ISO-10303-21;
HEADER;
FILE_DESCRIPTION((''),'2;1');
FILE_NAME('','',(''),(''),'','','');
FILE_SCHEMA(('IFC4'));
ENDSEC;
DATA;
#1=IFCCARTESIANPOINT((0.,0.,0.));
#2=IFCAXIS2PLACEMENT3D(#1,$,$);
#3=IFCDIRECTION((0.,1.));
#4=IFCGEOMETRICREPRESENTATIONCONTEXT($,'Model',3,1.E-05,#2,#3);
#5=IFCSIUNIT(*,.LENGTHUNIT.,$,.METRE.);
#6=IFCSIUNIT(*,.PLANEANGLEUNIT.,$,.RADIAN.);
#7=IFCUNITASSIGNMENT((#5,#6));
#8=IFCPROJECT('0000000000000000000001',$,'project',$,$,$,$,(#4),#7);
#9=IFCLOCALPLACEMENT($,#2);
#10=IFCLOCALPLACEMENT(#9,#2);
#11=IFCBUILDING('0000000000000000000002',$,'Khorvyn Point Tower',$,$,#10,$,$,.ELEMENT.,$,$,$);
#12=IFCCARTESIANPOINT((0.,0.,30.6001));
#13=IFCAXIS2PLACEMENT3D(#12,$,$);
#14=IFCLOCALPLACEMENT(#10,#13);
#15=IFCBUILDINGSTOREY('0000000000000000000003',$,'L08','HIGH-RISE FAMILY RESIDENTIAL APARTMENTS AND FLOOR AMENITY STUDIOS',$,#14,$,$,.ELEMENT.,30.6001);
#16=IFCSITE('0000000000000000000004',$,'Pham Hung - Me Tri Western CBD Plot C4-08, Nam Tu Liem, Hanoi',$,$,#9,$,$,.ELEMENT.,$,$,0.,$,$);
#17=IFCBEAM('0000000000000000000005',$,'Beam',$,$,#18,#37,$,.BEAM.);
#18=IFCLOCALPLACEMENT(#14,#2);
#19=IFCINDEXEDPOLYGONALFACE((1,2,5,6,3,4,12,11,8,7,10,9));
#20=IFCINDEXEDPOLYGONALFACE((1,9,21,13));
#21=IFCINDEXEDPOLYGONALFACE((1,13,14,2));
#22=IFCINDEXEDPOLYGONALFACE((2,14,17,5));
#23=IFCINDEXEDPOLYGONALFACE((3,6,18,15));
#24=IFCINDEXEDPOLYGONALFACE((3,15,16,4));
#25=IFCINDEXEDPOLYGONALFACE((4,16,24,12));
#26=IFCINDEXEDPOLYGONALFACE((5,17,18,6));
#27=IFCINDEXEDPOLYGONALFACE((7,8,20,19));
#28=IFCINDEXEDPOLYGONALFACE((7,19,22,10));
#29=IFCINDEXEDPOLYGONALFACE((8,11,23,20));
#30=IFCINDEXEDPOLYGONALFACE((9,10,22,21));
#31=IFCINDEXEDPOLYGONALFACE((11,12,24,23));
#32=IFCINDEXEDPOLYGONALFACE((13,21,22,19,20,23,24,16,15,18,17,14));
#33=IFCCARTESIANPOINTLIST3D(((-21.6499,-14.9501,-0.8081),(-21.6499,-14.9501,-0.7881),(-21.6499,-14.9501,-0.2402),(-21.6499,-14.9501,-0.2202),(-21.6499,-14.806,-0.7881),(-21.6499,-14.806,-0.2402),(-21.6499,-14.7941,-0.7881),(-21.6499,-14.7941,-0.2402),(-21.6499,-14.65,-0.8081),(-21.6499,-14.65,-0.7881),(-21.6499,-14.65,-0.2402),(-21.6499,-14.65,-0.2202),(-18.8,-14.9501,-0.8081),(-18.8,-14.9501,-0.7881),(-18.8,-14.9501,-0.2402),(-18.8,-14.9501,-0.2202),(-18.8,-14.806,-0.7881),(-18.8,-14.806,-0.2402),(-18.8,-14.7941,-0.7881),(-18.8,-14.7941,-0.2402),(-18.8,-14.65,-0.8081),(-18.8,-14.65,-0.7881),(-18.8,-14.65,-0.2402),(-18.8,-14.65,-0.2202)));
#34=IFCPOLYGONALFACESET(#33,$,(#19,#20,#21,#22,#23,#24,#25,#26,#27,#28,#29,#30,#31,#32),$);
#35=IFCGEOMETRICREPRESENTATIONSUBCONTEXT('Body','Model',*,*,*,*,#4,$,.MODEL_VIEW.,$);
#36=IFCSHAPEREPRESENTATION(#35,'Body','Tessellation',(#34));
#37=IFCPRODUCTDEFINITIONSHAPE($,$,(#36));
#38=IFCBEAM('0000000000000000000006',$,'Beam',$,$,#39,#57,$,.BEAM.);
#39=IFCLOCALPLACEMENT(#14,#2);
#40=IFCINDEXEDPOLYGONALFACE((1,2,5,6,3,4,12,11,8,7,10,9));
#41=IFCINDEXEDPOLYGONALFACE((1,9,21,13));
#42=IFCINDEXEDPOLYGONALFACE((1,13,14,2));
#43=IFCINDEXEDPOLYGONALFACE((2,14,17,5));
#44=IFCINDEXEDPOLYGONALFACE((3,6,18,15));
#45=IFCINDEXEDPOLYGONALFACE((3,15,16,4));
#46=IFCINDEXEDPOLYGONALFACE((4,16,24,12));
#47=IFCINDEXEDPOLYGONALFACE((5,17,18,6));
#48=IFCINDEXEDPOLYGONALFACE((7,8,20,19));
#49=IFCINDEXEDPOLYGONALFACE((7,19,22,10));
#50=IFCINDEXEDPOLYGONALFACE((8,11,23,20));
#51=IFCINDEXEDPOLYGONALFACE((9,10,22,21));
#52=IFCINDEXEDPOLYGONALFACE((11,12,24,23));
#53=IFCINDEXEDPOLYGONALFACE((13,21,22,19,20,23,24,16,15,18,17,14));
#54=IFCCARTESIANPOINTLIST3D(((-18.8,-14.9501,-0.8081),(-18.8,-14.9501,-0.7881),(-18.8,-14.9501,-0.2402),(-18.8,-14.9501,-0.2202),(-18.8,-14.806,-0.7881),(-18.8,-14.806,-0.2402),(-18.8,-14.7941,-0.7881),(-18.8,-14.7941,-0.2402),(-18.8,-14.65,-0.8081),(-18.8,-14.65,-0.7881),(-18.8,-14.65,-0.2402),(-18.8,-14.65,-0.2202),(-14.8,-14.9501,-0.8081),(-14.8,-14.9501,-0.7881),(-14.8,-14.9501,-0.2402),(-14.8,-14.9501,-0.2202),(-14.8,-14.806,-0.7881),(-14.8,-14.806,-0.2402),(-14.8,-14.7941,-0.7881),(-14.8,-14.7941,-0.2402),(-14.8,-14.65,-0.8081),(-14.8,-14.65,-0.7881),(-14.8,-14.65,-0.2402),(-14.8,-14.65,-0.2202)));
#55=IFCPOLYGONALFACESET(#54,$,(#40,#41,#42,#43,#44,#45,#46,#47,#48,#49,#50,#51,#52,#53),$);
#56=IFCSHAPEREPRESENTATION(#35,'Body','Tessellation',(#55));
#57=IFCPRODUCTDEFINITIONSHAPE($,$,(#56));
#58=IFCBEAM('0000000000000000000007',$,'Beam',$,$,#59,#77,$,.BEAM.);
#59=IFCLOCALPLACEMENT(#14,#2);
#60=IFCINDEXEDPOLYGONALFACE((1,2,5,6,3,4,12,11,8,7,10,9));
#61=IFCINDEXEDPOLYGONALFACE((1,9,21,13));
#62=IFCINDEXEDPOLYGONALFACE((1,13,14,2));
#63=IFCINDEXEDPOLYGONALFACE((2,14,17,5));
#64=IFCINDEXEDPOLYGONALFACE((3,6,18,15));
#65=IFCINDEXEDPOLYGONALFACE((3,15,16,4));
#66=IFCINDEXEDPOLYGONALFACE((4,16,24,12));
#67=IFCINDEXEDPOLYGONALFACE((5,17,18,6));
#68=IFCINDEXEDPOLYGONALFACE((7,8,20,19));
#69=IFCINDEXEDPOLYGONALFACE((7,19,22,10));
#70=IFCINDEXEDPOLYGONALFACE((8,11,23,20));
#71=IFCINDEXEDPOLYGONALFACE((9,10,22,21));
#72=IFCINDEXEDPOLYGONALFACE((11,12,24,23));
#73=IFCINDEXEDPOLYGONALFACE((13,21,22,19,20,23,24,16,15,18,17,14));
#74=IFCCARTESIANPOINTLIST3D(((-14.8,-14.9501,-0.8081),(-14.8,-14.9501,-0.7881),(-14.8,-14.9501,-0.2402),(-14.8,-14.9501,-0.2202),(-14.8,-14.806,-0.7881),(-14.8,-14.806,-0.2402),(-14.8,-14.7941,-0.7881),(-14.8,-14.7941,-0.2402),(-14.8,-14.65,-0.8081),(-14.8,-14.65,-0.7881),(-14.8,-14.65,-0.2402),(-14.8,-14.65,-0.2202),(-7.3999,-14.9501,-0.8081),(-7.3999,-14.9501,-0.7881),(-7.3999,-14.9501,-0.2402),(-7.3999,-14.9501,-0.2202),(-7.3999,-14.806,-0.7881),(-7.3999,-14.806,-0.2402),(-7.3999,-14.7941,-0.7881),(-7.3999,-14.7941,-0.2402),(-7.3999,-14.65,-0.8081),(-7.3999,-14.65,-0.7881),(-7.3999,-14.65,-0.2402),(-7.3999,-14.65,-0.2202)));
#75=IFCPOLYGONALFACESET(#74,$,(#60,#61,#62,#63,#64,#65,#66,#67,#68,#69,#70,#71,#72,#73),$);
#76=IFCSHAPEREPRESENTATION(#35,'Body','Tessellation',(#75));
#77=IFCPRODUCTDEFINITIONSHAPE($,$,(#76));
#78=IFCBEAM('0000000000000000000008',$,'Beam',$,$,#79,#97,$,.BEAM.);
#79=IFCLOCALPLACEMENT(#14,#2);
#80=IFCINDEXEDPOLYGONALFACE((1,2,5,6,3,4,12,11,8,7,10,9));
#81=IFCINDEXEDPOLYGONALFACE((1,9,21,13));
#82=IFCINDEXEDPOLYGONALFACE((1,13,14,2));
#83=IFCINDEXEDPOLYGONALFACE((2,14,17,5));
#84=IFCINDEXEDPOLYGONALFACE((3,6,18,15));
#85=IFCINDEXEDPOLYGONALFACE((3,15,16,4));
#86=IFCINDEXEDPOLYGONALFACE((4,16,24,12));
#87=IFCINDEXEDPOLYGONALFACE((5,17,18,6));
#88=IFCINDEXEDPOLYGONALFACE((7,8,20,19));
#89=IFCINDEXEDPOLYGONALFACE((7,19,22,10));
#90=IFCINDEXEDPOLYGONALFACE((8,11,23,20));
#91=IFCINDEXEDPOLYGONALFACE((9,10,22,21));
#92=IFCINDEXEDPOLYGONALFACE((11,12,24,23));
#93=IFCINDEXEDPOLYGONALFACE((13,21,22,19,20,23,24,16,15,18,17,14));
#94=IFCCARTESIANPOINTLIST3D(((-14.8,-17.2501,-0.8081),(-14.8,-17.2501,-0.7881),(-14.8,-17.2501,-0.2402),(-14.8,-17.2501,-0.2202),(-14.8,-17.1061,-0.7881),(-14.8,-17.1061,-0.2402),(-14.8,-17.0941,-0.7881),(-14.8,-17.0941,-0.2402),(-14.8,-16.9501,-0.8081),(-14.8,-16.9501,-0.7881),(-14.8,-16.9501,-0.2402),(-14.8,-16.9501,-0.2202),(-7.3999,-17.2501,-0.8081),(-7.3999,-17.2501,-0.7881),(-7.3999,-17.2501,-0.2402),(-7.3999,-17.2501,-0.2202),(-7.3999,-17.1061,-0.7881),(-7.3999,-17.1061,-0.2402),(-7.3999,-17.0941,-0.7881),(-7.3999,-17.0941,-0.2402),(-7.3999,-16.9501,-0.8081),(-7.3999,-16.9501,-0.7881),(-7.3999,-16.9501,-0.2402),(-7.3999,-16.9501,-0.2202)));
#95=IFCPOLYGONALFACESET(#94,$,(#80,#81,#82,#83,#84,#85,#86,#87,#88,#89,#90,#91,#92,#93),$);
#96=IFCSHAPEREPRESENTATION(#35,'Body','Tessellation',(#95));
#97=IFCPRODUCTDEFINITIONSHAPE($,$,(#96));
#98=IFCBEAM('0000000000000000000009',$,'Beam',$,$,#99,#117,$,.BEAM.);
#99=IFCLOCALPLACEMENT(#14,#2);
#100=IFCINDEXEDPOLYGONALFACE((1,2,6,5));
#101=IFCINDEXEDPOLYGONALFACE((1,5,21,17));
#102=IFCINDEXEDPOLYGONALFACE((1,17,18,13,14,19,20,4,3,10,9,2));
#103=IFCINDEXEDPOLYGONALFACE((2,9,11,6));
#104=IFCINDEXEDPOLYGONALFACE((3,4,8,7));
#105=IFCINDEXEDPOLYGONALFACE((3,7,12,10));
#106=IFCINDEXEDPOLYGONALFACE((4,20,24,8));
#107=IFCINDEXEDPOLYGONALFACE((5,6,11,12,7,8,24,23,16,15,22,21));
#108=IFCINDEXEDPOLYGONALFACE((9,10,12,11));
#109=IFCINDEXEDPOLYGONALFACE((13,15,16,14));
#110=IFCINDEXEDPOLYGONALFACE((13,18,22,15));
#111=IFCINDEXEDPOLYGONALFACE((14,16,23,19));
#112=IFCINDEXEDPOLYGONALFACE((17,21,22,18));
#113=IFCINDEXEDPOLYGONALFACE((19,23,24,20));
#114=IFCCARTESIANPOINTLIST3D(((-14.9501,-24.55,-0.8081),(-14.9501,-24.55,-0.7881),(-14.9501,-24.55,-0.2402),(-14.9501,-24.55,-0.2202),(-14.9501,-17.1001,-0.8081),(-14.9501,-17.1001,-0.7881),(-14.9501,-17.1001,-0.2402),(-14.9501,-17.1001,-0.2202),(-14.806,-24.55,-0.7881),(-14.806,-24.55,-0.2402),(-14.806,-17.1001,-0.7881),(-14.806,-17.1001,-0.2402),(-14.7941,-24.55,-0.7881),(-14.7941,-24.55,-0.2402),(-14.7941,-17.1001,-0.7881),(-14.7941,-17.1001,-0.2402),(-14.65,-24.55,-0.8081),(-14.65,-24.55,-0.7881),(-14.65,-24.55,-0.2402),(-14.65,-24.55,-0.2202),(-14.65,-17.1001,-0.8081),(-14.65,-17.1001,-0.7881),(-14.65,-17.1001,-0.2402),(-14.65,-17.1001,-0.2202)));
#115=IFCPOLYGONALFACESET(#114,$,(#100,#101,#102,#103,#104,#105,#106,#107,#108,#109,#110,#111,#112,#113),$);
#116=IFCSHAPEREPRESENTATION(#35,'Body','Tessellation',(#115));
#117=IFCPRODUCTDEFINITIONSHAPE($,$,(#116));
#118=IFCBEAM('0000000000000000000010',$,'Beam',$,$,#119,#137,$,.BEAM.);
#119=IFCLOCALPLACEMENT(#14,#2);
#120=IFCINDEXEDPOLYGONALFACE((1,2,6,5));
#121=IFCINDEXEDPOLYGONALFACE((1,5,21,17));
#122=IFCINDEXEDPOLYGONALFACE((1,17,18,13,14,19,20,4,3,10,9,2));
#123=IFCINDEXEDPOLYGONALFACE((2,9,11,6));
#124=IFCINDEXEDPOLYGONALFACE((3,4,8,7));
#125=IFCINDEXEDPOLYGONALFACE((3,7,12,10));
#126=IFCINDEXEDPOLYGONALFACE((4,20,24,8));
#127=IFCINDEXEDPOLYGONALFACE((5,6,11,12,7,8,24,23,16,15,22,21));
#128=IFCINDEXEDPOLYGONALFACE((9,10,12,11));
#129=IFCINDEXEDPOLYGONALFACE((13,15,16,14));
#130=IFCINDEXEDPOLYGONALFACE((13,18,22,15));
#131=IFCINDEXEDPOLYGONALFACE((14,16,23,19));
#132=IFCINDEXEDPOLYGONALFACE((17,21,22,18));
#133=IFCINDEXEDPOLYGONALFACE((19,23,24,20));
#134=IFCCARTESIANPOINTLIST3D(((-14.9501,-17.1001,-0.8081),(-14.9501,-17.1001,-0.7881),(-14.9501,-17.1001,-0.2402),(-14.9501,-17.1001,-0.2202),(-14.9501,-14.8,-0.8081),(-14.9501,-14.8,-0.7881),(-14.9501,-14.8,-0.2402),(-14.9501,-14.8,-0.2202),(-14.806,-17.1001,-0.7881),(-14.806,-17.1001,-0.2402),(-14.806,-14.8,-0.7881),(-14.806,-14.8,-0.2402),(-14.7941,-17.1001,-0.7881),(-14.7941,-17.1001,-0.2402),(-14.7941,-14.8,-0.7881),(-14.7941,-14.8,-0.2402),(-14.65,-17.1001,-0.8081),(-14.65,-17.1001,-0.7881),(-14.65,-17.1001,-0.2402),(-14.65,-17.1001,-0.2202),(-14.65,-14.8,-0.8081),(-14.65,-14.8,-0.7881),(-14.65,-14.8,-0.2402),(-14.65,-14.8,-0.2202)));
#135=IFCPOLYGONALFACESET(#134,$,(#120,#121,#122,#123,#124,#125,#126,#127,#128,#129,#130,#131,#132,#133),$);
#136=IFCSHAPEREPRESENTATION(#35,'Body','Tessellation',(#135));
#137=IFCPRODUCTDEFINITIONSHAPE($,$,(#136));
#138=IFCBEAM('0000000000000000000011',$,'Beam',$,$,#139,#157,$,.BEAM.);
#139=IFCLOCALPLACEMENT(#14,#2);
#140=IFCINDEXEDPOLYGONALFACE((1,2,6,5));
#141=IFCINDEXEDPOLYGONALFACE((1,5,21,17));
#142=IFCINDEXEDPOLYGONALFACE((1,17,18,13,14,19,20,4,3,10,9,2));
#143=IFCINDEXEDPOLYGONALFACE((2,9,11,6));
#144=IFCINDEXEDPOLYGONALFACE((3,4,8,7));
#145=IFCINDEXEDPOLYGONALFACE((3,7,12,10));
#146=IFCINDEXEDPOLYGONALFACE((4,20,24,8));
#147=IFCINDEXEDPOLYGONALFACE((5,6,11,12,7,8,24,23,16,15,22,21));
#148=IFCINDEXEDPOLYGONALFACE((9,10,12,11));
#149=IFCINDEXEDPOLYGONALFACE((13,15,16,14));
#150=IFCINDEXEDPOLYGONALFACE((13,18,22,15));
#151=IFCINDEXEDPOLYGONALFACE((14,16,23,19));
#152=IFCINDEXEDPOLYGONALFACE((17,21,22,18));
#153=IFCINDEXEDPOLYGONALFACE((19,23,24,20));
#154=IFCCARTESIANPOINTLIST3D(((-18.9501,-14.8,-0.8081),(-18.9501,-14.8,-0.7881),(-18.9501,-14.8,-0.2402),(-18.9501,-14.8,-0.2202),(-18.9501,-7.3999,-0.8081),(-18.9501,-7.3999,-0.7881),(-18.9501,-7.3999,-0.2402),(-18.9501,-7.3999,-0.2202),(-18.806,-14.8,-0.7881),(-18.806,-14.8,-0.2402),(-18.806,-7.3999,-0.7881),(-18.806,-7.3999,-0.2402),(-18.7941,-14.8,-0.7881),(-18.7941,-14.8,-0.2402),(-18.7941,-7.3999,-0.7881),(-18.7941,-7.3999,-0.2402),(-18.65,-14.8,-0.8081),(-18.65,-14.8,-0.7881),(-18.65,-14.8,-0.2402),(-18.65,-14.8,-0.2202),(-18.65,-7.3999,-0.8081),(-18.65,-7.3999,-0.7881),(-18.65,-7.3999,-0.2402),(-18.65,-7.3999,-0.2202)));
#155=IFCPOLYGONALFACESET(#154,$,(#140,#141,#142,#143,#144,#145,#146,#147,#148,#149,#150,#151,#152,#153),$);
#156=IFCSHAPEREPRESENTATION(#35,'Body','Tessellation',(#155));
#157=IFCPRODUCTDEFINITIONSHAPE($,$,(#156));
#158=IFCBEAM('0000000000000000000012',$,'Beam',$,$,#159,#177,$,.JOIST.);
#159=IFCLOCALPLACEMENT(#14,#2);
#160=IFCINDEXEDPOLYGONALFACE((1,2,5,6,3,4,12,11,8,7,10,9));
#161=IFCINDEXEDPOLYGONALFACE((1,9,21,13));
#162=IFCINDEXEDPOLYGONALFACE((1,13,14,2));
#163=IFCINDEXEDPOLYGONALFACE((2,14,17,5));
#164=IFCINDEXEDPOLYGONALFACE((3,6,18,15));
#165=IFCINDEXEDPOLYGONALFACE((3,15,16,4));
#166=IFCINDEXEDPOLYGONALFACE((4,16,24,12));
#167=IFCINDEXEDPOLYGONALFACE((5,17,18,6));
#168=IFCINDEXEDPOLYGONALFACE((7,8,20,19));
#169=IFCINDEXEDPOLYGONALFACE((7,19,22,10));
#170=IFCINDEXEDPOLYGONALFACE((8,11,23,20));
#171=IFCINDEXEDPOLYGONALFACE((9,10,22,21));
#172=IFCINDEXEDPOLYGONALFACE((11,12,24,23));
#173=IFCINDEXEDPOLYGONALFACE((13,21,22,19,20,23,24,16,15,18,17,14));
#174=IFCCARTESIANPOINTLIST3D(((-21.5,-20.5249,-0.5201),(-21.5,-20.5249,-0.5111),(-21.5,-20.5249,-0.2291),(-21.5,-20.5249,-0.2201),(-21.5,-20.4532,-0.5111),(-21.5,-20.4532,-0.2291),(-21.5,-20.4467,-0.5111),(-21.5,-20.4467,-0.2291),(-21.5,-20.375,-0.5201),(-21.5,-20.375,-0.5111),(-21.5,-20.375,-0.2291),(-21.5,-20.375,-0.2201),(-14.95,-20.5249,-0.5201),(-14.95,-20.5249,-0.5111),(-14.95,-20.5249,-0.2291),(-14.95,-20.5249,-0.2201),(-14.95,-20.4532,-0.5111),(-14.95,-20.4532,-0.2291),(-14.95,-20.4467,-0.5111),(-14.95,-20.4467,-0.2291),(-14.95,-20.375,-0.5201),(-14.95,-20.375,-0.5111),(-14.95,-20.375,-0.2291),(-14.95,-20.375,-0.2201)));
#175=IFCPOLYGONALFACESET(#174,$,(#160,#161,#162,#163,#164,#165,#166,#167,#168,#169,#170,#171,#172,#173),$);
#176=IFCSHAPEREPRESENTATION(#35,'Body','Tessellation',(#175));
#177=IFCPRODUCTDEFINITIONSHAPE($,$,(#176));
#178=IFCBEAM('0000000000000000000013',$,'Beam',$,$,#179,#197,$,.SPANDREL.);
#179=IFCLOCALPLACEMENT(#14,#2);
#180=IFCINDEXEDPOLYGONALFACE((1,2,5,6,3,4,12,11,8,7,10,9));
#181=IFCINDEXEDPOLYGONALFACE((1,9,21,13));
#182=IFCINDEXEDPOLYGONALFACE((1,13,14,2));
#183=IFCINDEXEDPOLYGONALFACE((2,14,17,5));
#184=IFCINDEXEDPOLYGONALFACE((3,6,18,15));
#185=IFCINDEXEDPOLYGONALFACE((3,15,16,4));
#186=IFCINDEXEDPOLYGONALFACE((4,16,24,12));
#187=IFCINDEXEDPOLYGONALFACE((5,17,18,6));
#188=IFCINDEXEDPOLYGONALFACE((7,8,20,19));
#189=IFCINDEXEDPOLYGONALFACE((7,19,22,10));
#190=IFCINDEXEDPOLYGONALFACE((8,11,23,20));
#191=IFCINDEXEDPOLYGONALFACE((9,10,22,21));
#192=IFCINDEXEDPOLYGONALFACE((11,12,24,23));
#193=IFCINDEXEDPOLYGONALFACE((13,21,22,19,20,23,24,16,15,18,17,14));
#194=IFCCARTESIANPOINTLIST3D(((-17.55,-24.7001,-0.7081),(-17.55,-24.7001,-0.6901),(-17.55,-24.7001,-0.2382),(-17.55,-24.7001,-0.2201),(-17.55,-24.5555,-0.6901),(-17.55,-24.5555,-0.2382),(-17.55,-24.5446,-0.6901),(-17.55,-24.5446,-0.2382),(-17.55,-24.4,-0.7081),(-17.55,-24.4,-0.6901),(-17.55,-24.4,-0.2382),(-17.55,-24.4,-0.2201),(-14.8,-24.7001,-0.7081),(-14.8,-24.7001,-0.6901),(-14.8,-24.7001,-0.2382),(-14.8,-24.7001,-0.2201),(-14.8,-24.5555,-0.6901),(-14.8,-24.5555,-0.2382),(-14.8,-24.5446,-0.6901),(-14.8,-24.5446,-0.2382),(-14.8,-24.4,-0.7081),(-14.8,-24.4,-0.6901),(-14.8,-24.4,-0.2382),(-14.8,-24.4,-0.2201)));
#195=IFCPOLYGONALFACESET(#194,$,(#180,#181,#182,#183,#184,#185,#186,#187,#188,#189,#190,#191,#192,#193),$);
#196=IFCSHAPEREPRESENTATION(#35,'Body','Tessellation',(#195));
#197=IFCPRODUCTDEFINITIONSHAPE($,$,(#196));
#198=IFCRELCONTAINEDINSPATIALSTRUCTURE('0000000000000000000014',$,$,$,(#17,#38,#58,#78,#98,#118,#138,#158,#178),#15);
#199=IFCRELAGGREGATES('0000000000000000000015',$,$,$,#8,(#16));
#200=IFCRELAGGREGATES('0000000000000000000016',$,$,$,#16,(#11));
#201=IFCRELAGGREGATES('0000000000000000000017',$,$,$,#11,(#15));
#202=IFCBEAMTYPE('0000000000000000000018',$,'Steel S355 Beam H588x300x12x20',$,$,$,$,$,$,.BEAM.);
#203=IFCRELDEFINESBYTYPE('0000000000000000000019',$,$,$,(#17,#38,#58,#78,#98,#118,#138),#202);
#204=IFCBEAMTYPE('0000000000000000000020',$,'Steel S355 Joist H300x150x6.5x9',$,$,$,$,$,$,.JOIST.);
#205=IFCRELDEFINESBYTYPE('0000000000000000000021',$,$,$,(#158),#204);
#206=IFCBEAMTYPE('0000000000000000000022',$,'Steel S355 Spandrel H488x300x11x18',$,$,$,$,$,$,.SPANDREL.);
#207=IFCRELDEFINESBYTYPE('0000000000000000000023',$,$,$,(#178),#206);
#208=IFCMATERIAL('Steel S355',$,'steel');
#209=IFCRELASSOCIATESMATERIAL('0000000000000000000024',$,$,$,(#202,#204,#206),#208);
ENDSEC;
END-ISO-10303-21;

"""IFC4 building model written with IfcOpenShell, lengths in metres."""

from ifc_helpers import new_model, si_unit, direction, frame, origin, origin_2d, place, context, subcontext, project, spatial, i_section, extrude, material, material_profile, profile_set, type_object, element, save


model = new_model("IFC4")

# Units and contexts
model_context = context("Model", 3, precision=1e-05, world=origin(), true_north=direction((0.0, 1.0)))
body_context = subcontext(model_context, "Body", "Model", "MODEL_VIEW")
ifc_project = project(units=[si_unit("LENGTHUNIT", "METRE"), si_unit("PLANEANGLEUNIT", "RADIAN")], contexts=[model_context])

# Site, building, storey
site_placement = place(None, origin())
site = spatial("IfcSite", under=ifc_project, at=site_placement, Name="Pham Hung - Me Tri Western CBD Plot C4-08, Nam Tu Liem, Hanoi", CompositionType="ELEMENT", RefElevation=0.0)
building_placement = place(site_placement, origin())
building = spatial("IfcBuilding", under=site, at=building_placement, Name="Khorvyn Point Tower", CompositionType="ELEMENT")
storey_placement = place(building_placement, frame((0.0, 0.0, 30.6001)))
storey = spatial("IfcBuildingStorey", under=building, at=storey_placement, Name="L08", Description="HIGH-RISE FAMILY RESIDENTIAL APARTMENTS AND FLOOR AMENITY STUDIOS", CompositionType="ELEMENT", Elevation=30.6001)

# Beams
ifc_material_1 = material(Name="Steel S355", Category="steel")
ifc_material_profile_1 = material_profile(ifc_material_1, i_section(OverallWidth=0.3, OverallDepth=0.5879, WebThickness=0.012, FlangeThickness=0.02, at=origin_2d()))
ifc_profile_set_1 = profile_set([ifc_material_profile_1], Name="Steel S355 H588x300x12x20")
beam_type_1 = type_object("IfcBeamType", Name="Steel S355 Beam H588x300x12x20", PredefinedType="BEAM", material=ifc_profile_set_1)
beam_1_placement = place(storey_placement, frame((-21.6499, -14.8, -0.5142), z_axis=(1.0, 0.0, 0.0), x_axis=(0.0, 1.0, 0.0)))
element("IfcBeam", 1, at=beam_1_placement, inside=storey, type_object=beam_type_1, Name="Beam", PredefinedType="BEAM", context=body_context, shape_type="SweptSolid", body=[
    extrude(i_section(OverallWidth=0.3, OverallDepth=0.5879, WebThickness=0.012, FlangeThickness=0.02, at=origin_2d()), origin(), (0.0, 0.0, 1.0), 2.8499),
])
beam_2_placement = place(storey_placement, frame((-18.8, -14.8, -0.5142), z_axis=(1.0, 0.0, 0.0), x_axis=(0.0, 1.0, 0.0)))
element("IfcBeam", 2, at=beam_2_placement, inside=storey, type_object=beam_type_1, Name="Beam", PredefinedType="BEAM", context=body_context, shape_type="SweptSolid", body=[
    extrude(i_section(OverallWidth=0.3, OverallDepth=0.5879, WebThickness=0.012, FlangeThickness=0.02, at=origin_2d()), origin(), (0.0, 0.0, 1.0), 4.0),
])
for number, where, z_axis, x_axis, name in (
    (3, (-14.8, -14.8, -0.5142), (1.0, 0.0, 0.0), (0.0, 1.0, 0.0), "Beam"),
    (4, (-14.8, -17.1001, -0.5142), (1.0, 0.0, 0.0), (0.0, 1.0, 0.0), "Beam"),
):
    element("IfcBeam", number, at=place(storey_placement, frame(where, z_axis=z_axis, x_axis=x_axis)), inside=storey, type_object=beam_type_1, Name=name, PredefinedType="BEAM", context=body_context, shape_type="SweptSolid", body=[
        extrude(i_section(OverallWidth=0.3, OverallDepth=0.5879, WebThickness=0.012, FlangeThickness=0.02, at=origin_2d()), origin(), (0.0, 0.0, 1.0), 7.4001),
    ])
beam_3_placement = place(storey_placement, frame((-14.8, -24.55, -0.5142), z_axis=(0.0, 1.0, 0.0), x_axis=(-1.0, 0.0, 0.0)))
element("IfcBeam", 5, at=beam_3_placement, inside=storey, type_object=beam_type_1, Name="Beam", PredefinedType="BEAM", context=body_context, shape_type="SweptSolid", body=[
    extrude(i_section(OverallWidth=0.3, OverallDepth=0.5879, WebThickness=0.012, FlangeThickness=0.02, at=origin_2d()), origin(), (0.0, 0.0, 1.0), 7.45),
])
beam_4_placement = place(storey_placement, frame((-14.8, -17.1001, -0.5142), z_axis=(0.0, 1.0, 0.0), x_axis=(-1.0, 0.0, 0.0)))
element("IfcBeam", 6, at=beam_4_placement, inside=storey, type_object=beam_type_1, Name="Beam", PredefinedType="BEAM", context=body_context, shape_type="SweptSolid", body=[
    extrude(i_section(OverallWidth=0.3, OverallDepth=0.5879, WebThickness=0.012, FlangeThickness=0.02, at=origin_2d()), origin(), (0.0, 0.0, 1.0), 2.3),
])
beam_5_placement = place(storey_placement, frame((-18.8, -14.8, -0.5142), z_axis=(0.0, 1.0, 0.0), x_axis=(-1.0, 0.0, 0.0)))
element("IfcBeam", 7, at=beam_5_placement, inside=storey, type_object=beam_type_1, Name="Beam", PredefinedType="BEAM", context=body_context, shape_type="SweptSolid", body=[
    extrude(i_section(OverallWidth=0.3, OverallDepth=0.5879, WebThickness=0.012, FlangeThickness=0.02, at=origin_2d()), origin(), (0.0, 0.0, 1.0), 7.4001),
])
ifc_material_profile_2 = material_profile(ifc_material_1, i_section(OverallWidth=0.1499, OverallDepth=0.3, WebThickness=0.0066, FlangeThickness=0.009, at=origin_2d()))
ifc_profile_set_2 = profile_set([ifc_material_profile_2], Name="Steel S355 H300x150x6.5x9")
beam_type_2 = type_object("IfcBeamType", Name="Steel S355 Joist H300x150x6.5x9", PredefinedType="JOIST", material=ifc_profile_set_2)
beam_6_placement = place(storey_placement, frame((-21.5, -20.45, -0.3701), z_axis=(1.0, 0.0, 0.0), x_axis=(0.0, 1.0, 0.0)))
element("IfcBeam", 8, at=beam_6_placement, inside=storey, type_object=beam_type_2, Name="Beam", PredefinedType="JOIST", context=body_context, shape_type="SweptSolid", body=[
    extrude(i_section(OverallWidth=0.1499, OverallDepth=0.3, WebThickness=0.0066, FlangeThickness=0.009, at=origin_2d()), origin(), (0.0, 0.0, 1.0), 6.55),
])
ifc_material_profile_3 = material_profile(ifc_material_1, i_section(OverallWidth=0.3, OverallDepth=0.488, WebThickness=0.011, FlangeThickness=0.0181, at=origin_2d()))
ifc_profile_set_3 = profile_set([ifc_material_profile_3], Name="Steel S355 H488x300x11x18")
beam_type_3 = type_object("IfcBeamType", Name="Steel S355 Spandrel H488x300x11x18", PredefinedType="SPANDREL", material=ifc_profile_set_3)
beam_7_placement = place(storey_placement, frame((-17.55, -24.55, -0.4641), z_axis=(1.0, 0.0, 0.0), x_axis=(0.0, 1.0, 0.0)))
element("IfcBeam", 9, at=beam_7_placement, inside=storey, type_object=beam_type_3, Name="Beam", PredefinedType="SPANDREL", context=body_context, shape_type="SweptSolid", body=[
    extrude(i_section(OverallWidth=0.3, OverallDepth=0.488, WebThickness=0.011, FlangeThickness=0.0181, at=origin_2d()), origin(), (0.0, 0.0, 1.0), 2.75),
])

save(model, "model.ifc")
